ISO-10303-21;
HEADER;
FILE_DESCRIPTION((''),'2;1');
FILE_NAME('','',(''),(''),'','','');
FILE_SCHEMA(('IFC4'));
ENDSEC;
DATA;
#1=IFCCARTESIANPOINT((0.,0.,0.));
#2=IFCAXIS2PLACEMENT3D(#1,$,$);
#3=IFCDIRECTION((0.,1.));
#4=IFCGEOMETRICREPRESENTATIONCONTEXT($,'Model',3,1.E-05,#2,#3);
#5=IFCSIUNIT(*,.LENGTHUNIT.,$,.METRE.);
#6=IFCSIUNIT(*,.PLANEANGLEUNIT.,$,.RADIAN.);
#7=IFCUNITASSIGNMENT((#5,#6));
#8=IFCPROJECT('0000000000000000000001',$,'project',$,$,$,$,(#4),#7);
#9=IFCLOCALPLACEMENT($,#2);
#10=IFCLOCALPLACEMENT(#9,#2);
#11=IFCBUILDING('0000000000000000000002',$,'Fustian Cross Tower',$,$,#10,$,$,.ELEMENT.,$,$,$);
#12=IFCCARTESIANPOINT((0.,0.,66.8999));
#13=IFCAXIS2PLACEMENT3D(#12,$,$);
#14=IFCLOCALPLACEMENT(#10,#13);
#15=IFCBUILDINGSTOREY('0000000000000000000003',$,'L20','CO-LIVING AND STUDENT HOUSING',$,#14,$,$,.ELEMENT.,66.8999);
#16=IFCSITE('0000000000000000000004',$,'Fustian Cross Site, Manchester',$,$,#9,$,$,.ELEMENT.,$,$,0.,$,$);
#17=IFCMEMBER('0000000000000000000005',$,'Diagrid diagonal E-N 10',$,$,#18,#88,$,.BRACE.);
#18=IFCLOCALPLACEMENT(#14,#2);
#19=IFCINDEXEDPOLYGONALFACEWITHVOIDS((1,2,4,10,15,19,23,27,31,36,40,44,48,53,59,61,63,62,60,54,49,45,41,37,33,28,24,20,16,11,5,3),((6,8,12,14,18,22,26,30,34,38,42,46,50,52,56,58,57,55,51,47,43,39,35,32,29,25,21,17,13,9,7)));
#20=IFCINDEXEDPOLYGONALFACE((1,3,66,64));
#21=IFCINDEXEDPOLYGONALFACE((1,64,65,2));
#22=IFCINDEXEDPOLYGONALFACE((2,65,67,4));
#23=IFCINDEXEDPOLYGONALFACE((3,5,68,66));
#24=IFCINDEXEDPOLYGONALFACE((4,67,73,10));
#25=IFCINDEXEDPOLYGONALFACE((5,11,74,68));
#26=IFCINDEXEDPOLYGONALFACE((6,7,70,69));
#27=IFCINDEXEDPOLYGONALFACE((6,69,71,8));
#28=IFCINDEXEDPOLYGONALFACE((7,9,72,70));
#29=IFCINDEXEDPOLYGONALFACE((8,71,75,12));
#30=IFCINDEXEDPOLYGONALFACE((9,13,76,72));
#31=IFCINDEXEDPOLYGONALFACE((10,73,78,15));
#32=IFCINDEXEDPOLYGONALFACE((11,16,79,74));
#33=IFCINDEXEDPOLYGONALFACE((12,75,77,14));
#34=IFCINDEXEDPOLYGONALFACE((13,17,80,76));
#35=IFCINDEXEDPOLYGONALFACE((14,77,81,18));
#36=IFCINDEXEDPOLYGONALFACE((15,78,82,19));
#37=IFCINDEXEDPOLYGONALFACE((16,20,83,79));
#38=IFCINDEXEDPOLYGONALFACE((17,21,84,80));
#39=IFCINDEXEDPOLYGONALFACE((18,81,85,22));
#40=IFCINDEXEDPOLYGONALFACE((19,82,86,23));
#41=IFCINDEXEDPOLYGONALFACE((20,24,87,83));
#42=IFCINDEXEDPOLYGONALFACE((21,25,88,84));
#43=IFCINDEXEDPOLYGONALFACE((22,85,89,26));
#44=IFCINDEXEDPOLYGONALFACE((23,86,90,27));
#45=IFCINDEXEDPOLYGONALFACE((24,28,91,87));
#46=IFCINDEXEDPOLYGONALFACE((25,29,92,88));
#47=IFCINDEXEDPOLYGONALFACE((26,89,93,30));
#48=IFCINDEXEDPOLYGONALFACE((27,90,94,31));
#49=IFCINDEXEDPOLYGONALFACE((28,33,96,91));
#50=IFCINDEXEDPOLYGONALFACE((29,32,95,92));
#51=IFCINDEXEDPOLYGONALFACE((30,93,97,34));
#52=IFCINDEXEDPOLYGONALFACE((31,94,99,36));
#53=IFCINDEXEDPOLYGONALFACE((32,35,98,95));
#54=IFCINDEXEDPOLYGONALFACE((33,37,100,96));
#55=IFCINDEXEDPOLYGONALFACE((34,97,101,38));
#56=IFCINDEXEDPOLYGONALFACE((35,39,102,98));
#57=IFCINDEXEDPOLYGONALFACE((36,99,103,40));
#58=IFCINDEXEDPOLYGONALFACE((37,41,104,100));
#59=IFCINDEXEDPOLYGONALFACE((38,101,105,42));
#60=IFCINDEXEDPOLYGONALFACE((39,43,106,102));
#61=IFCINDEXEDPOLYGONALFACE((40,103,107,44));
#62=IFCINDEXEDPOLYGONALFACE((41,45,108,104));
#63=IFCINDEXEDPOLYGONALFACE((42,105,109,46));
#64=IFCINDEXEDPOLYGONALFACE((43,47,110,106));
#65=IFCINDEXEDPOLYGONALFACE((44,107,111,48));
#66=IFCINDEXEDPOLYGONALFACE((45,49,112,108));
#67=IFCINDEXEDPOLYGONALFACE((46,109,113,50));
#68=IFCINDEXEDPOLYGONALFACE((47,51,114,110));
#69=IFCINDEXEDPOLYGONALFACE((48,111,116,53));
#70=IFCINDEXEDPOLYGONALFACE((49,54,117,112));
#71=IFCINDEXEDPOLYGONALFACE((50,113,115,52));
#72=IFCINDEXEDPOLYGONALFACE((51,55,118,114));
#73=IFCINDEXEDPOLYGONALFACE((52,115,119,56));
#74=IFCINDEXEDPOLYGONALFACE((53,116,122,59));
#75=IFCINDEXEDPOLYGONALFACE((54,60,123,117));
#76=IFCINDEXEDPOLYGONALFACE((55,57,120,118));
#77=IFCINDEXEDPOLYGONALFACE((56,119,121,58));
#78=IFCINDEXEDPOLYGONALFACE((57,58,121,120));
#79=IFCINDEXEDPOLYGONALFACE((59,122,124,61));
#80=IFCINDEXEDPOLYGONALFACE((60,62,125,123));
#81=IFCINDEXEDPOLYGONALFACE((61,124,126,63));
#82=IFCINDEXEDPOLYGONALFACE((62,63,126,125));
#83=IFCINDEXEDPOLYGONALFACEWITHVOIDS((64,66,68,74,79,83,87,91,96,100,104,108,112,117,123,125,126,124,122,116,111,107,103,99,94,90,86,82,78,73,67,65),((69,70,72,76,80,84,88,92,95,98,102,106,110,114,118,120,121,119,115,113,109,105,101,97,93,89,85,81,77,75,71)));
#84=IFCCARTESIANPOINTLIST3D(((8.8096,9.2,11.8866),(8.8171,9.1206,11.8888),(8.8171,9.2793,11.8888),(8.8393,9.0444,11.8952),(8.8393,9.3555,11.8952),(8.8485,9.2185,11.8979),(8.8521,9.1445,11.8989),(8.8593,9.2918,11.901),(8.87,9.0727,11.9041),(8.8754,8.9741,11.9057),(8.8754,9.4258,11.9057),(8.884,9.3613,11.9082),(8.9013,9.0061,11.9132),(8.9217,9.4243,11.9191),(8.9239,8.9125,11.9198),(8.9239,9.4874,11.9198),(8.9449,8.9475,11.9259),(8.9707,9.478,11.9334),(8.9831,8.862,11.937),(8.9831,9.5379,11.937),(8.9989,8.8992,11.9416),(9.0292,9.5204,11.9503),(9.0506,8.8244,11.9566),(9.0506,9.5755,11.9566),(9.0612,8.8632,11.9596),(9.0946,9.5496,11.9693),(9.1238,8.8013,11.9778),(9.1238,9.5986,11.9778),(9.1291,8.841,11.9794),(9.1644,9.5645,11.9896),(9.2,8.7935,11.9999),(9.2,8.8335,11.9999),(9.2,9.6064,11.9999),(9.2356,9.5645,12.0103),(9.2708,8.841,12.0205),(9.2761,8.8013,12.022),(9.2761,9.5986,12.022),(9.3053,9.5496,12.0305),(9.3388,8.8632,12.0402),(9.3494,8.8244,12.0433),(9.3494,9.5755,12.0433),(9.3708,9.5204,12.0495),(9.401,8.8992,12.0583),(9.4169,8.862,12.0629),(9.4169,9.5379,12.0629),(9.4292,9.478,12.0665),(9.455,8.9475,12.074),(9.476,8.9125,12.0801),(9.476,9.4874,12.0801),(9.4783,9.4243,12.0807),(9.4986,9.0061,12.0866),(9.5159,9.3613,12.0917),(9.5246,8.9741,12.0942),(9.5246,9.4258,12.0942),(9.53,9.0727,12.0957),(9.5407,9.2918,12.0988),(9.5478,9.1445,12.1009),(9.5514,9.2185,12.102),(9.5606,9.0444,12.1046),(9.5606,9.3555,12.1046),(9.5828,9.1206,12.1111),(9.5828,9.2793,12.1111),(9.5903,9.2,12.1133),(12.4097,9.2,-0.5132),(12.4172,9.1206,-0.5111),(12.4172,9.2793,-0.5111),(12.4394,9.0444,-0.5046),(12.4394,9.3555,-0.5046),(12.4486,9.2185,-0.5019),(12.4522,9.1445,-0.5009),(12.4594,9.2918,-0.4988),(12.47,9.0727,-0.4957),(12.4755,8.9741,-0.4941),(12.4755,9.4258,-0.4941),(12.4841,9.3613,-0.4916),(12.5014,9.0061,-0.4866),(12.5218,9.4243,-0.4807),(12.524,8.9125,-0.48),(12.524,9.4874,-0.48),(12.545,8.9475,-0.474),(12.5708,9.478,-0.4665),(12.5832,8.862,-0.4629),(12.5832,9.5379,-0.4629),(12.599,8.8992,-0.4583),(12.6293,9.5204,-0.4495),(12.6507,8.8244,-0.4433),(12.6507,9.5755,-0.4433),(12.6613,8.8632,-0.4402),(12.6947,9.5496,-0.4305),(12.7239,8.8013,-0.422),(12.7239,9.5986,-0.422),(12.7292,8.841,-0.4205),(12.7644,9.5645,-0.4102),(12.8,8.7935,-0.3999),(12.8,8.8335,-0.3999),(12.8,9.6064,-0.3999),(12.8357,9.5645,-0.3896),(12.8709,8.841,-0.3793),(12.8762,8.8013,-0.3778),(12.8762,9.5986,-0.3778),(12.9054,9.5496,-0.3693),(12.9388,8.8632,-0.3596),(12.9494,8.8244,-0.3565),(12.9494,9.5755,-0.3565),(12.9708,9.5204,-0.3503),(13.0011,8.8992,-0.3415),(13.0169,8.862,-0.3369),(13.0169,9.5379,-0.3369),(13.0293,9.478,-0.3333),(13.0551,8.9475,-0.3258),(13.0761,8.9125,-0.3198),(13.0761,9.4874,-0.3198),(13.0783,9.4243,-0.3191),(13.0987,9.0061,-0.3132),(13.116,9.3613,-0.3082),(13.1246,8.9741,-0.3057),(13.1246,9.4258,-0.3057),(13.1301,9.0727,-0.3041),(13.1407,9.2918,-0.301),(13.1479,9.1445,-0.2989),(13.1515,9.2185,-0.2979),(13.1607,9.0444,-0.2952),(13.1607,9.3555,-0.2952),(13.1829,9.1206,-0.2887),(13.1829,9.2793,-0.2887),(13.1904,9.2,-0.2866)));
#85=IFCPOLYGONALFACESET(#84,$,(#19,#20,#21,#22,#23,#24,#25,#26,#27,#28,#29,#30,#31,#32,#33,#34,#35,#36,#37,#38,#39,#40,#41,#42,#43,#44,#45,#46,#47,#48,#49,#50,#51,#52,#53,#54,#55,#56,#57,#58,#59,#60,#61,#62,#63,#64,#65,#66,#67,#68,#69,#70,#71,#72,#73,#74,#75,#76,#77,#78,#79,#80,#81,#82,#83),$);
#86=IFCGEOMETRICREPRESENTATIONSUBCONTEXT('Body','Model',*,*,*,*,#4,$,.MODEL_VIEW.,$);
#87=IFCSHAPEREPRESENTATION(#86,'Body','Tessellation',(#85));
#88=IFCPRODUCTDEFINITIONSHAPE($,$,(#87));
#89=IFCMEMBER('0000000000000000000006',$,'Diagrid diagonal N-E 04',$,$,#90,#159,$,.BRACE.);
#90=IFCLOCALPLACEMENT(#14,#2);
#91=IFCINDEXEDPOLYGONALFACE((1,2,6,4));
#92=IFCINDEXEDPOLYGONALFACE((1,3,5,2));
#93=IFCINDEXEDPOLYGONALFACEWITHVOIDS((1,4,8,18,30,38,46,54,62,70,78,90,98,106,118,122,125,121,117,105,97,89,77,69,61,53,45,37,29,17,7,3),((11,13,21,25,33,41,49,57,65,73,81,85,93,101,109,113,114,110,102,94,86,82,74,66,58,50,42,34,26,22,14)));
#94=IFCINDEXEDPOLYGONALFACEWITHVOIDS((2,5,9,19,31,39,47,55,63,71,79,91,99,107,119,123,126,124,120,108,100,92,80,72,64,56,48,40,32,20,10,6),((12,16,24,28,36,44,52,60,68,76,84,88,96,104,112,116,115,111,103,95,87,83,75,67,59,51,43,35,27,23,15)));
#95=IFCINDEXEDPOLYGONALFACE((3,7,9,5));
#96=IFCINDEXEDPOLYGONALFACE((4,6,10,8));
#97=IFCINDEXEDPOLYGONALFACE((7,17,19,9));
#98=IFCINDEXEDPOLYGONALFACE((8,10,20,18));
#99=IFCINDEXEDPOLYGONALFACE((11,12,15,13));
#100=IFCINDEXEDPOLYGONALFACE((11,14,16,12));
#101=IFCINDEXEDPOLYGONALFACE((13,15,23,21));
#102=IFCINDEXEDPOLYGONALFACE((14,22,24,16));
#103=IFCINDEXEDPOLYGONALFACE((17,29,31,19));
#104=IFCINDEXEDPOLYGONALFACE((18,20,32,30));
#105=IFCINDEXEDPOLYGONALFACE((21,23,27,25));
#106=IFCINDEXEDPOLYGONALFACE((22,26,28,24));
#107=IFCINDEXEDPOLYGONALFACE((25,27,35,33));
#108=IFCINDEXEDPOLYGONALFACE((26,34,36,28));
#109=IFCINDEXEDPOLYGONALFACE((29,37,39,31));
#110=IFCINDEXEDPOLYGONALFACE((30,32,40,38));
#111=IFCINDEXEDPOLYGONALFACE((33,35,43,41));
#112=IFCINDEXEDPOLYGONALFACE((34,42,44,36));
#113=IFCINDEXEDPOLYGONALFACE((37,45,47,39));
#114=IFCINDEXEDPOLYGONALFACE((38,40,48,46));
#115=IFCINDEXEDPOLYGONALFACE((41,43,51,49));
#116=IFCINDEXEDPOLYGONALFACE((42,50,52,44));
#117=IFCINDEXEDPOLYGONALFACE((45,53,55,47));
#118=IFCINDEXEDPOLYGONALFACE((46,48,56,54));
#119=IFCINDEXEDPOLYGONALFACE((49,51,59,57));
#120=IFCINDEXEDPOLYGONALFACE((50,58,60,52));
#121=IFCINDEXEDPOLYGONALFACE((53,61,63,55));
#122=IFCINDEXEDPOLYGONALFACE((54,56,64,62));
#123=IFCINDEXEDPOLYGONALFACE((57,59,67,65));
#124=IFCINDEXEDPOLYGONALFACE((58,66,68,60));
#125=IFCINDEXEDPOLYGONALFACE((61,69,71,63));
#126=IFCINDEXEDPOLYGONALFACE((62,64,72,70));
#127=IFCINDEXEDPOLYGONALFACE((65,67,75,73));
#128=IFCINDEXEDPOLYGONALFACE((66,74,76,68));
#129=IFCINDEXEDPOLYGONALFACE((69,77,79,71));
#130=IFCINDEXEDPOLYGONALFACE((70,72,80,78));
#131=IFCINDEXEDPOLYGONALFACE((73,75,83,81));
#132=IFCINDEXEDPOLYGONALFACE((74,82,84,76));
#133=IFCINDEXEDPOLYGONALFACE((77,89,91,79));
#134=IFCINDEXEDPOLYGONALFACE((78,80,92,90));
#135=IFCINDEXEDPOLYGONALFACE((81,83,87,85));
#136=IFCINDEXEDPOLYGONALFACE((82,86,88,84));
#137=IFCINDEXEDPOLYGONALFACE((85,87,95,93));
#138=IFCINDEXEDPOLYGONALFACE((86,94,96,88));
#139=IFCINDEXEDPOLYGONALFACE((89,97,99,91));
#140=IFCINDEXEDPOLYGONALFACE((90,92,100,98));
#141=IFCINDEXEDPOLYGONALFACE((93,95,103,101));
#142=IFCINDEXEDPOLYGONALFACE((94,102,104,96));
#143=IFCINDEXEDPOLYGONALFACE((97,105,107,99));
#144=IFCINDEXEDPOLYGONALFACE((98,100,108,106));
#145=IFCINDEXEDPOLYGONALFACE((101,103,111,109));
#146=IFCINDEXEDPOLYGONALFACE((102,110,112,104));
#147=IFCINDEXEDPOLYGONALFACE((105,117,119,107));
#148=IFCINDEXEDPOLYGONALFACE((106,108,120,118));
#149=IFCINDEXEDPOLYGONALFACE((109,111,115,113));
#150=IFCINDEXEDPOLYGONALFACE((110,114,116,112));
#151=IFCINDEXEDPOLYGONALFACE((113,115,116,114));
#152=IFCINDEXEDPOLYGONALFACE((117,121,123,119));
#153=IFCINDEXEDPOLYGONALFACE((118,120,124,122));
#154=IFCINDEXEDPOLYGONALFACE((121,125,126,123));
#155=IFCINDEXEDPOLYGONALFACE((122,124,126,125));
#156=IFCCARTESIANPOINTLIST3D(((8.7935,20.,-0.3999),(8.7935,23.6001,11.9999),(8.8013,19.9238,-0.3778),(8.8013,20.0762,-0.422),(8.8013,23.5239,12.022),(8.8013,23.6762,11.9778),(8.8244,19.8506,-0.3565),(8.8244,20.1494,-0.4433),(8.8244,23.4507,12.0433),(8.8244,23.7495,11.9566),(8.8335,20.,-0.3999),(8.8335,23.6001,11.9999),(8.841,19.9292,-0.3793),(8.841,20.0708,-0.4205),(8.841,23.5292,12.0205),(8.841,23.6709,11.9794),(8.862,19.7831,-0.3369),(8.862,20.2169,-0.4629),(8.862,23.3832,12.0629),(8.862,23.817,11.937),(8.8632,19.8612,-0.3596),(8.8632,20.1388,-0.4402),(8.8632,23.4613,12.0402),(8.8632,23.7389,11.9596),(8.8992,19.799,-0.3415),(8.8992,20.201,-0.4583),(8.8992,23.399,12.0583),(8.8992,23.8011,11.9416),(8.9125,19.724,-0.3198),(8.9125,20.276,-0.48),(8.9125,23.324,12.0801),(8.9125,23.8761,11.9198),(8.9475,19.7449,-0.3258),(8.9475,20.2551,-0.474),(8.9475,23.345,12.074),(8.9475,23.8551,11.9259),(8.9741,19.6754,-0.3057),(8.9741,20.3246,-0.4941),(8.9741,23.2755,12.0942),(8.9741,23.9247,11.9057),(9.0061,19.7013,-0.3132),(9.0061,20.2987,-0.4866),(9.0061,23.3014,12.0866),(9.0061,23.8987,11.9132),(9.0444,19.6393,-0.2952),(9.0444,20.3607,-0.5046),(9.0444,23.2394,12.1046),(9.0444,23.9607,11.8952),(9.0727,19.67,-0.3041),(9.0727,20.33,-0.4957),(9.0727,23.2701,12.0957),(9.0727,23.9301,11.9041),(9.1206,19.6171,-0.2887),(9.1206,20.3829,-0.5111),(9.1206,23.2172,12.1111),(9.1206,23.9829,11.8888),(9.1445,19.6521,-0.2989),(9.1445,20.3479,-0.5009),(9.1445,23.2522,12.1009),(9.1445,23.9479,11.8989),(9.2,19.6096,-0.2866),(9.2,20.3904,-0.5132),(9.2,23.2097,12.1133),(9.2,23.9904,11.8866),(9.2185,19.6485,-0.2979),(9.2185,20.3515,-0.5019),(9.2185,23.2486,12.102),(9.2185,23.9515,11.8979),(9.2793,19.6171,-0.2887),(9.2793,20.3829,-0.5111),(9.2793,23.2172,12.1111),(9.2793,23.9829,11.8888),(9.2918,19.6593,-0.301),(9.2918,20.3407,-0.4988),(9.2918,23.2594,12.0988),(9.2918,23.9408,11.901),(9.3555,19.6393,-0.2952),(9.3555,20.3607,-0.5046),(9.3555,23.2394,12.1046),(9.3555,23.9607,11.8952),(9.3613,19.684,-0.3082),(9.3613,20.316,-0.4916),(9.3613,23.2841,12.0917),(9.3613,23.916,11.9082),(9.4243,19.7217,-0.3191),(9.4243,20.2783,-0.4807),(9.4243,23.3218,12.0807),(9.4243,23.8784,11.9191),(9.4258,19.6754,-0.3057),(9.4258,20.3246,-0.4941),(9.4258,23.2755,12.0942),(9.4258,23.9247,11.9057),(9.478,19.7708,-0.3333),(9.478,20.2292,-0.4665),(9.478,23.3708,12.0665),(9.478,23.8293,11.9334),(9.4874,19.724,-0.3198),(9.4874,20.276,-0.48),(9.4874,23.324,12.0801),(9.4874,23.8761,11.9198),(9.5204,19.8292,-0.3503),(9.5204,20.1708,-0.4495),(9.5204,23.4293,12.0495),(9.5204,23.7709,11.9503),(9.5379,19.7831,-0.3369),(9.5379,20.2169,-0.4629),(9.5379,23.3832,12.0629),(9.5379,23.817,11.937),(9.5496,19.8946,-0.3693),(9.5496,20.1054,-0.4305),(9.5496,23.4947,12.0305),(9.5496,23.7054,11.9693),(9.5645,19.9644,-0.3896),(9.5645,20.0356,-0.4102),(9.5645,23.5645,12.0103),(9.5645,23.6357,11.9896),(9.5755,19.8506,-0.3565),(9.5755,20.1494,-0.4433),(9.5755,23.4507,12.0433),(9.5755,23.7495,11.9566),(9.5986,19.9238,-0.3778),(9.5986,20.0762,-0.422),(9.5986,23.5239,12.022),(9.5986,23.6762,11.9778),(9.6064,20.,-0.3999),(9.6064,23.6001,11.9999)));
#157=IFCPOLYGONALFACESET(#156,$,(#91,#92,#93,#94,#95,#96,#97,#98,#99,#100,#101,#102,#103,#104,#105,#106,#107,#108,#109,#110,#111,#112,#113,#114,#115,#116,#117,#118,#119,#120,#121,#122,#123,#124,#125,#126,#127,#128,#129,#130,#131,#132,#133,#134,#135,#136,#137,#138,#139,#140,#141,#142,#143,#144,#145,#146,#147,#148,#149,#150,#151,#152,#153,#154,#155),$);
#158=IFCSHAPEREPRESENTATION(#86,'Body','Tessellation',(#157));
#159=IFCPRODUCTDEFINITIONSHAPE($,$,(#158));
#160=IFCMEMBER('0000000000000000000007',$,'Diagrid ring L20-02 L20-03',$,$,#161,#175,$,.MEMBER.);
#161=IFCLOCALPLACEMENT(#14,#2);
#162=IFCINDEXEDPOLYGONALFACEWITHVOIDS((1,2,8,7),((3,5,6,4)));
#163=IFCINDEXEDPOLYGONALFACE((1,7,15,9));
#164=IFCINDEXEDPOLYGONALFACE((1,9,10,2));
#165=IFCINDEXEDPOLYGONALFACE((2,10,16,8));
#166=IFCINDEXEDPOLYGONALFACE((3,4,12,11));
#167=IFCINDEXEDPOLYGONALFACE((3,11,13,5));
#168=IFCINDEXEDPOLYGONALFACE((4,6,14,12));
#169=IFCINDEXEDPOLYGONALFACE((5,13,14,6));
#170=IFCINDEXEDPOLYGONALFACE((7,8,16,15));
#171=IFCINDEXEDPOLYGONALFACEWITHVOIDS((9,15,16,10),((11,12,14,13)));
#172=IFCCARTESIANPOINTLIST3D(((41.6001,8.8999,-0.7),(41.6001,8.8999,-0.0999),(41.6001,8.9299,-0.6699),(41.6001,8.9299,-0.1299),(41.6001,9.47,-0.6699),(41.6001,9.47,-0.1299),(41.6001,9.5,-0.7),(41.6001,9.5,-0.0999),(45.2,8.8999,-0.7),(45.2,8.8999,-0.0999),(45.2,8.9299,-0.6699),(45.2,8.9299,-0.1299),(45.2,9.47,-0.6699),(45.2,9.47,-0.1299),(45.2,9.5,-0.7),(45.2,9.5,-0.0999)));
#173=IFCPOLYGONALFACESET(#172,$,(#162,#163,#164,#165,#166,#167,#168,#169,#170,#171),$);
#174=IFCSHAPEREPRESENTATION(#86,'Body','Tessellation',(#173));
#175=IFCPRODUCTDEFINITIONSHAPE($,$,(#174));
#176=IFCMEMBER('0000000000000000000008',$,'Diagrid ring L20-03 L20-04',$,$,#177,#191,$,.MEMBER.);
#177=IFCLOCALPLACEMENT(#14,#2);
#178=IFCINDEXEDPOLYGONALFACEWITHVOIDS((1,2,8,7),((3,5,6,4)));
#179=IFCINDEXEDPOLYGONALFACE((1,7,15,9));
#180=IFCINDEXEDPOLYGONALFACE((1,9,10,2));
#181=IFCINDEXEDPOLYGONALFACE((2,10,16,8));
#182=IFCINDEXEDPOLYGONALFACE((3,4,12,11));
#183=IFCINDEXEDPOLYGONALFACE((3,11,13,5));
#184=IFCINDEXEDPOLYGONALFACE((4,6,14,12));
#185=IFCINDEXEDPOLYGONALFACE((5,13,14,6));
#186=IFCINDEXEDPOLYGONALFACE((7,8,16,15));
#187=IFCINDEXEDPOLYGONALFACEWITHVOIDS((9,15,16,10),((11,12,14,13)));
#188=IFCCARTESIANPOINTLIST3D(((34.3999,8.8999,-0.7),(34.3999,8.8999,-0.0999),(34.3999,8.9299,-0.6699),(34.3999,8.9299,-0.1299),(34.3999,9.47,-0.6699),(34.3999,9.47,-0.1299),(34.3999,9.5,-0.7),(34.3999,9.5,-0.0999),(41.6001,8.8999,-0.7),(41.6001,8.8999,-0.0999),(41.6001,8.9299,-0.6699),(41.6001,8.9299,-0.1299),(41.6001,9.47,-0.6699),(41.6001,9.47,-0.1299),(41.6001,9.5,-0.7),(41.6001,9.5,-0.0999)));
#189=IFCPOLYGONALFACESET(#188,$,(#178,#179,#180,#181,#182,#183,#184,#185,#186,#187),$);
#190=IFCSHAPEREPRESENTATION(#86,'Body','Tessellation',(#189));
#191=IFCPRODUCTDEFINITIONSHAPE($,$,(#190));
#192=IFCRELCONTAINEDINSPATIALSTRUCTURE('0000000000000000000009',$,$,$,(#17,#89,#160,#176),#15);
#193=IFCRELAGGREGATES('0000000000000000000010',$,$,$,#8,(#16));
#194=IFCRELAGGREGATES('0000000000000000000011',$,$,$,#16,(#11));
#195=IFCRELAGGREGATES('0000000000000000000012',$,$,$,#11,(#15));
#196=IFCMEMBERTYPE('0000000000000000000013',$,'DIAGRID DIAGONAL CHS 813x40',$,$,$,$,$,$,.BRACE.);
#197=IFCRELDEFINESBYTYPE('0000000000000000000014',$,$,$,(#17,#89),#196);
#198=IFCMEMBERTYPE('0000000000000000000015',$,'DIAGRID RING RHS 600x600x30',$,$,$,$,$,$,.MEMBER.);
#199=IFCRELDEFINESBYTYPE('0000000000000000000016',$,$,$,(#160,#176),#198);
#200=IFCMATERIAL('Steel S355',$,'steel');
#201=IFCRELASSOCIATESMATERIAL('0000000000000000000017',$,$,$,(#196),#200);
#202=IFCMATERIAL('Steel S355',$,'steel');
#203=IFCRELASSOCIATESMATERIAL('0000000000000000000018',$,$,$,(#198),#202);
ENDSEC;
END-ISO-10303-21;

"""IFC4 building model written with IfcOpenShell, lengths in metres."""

from ifc_helpers import new_model, si_unit, direction, frame, origin, origin_2d, place, context, subcontext, project, spatial, hollow_rectangle, hollow_circle, extrude, material, material_profile, profile_set, type_object, element, save


model = new_model("IFC4")

# Units and contexts
model_context = context("Model", 3, precision=1e-05, world=origin(), true_north=direction((0.0, 1.0)))
body_context = subcontext(model_context, "Body", "Model", "MODEL_VIEW")
ifc_project = project(units=[si_unit("LENGTHUNIT", "METRE"), si_unit("PLANEANGLEUNIT", "RADIAN")], contexts=[model_context])

# Site, building, storey
site_placement = place(None, origin())
site = spatial("IfcSite", under=ifc_project, at=site_placement, Name="Fustian Cross Site, Manchester", CompositionType="ELEMENT", RefElevation=0.0)
building_placement = place(site_placement, origin())
building = spatial("IfcBuilding", under=site, at=building_placement, Name="Fustian Cross Tower", CompositionType="ELEMENT")
storey_placement = place(building_placement, frame((0.0, 0.0, 66.8999)))
storey = spatial("IfcBuildingStorey", under=building, at=storey_placement, Name="L20", Description="CO-LIVING AND STUDENT HOUSING", CompositionType="ELEMENT", Elevation=66.8999)

# Members
ifc_material_1 = material(Name="Steel S355", Category="steel")
ifc_material_profile_1 = material_profile(ifc_material_1, hollow_circle(Radius=0.4065, WallThickness=0.04, at=origin_2d()), Name="CHS 813x40")
ifc_profile_set_1 = profile_set([ifc_material_profile_1], Name="Steel S355")
member_type_1 = type_object("IfcMemberType", Name="DIAGRID DIAGONAL CHS 813x40", PredefinedType="BRACE", material=ifc_profile_set_1)
for number, where, z_axis, x_axis, name in (
    (1, (12.8, 9.2, -0.3999), (-0.278819, 0.0, 0.960344), (0.0, -1.0, 0.0), "Diagrid diagonal E-N 10"),
    (2, (9.2, 20.0, -0.3999), (0.0, 0.278819, 0.960344), (-1.0, 0.0, 0.0), "Diagrid diagonal N-E 04"),
):
    element("IfcMember", number, at=place(storey_placement, frame(where, z_axis=z_axis, x_axis=x_axis)), inside=storey, type_object=member_type_1, Name=name, PredefinedType="BRACE", context=body_context, shape_type="SweptSolid", body=[
        extrude(hollow_circle(Radius=0.4065, WallThickness=0.04, at=origin_2d()), origin(), (0.0, 0.0, 1.0), 12.9119),
    ])
ifc_material_2 = material(Name="Steel S355", Category="steel")
ifc_material_profile_2 = material_profile(ifc_material_2, hollow_rectangle(XDim=0.6001, YDim=0.6001, WallThickness=0.03, at=origin_2d()), Name="RHS 600x600x30")
ifc_profile_set_2 = profile_set([ifc_material_profile_2], Name="Steel S355")
member_type_2 = type_object("IfcMemberType", Name="DIAGRID RING RHS 600x600x30", PredefinedType="MEMBER", material=ifc_profile_set_2)
member_1_placement = place(storey_placement, frame((45.2, 9.2, -0.3999), z_axis=(-1.0, 0.0, 0.0), x_axis=(0.0, -1.0, 0.0)))
element("IfcMember", 3, at=member_1_placement, inside=storey, type_object=member_type_2, Name="Diagrid ring L20-02 L20-03", PredefinedType="MEMBER", context=body_context, shape_type="SweptSolid", body=[
    extrude(hollow_rectangle(XDim=0.6001, YDim=0.6001, WallThickness=0.03, at=origin_2d()), origin(), (0.0, 0.0, 1.0), 3.5999),
])
member_2_placement = place(storey_placement, frame((41.6001, 9.2, -0.3999), z_axis=(-1.0, 0.0, 0.0), x_axis=(0.0, -1.0, 0.0)))
element("IfcMember", 4, at=member_2_placement, inside=storey, type_object=member_type_2, Name="Diagrid ring L20-03 L20-04", PredefinedType="MEMBER", context=body_context, shape_type="SweptSolid", body=[
    extrude(hollow_rectangle(XDim=0.6001, YDim=0.6001, WallThickness=0.03, at=origin_2d()), origin(), (0.0, 0.0, 1.0), 7.2002),
])

save(model, "model.ifc")
